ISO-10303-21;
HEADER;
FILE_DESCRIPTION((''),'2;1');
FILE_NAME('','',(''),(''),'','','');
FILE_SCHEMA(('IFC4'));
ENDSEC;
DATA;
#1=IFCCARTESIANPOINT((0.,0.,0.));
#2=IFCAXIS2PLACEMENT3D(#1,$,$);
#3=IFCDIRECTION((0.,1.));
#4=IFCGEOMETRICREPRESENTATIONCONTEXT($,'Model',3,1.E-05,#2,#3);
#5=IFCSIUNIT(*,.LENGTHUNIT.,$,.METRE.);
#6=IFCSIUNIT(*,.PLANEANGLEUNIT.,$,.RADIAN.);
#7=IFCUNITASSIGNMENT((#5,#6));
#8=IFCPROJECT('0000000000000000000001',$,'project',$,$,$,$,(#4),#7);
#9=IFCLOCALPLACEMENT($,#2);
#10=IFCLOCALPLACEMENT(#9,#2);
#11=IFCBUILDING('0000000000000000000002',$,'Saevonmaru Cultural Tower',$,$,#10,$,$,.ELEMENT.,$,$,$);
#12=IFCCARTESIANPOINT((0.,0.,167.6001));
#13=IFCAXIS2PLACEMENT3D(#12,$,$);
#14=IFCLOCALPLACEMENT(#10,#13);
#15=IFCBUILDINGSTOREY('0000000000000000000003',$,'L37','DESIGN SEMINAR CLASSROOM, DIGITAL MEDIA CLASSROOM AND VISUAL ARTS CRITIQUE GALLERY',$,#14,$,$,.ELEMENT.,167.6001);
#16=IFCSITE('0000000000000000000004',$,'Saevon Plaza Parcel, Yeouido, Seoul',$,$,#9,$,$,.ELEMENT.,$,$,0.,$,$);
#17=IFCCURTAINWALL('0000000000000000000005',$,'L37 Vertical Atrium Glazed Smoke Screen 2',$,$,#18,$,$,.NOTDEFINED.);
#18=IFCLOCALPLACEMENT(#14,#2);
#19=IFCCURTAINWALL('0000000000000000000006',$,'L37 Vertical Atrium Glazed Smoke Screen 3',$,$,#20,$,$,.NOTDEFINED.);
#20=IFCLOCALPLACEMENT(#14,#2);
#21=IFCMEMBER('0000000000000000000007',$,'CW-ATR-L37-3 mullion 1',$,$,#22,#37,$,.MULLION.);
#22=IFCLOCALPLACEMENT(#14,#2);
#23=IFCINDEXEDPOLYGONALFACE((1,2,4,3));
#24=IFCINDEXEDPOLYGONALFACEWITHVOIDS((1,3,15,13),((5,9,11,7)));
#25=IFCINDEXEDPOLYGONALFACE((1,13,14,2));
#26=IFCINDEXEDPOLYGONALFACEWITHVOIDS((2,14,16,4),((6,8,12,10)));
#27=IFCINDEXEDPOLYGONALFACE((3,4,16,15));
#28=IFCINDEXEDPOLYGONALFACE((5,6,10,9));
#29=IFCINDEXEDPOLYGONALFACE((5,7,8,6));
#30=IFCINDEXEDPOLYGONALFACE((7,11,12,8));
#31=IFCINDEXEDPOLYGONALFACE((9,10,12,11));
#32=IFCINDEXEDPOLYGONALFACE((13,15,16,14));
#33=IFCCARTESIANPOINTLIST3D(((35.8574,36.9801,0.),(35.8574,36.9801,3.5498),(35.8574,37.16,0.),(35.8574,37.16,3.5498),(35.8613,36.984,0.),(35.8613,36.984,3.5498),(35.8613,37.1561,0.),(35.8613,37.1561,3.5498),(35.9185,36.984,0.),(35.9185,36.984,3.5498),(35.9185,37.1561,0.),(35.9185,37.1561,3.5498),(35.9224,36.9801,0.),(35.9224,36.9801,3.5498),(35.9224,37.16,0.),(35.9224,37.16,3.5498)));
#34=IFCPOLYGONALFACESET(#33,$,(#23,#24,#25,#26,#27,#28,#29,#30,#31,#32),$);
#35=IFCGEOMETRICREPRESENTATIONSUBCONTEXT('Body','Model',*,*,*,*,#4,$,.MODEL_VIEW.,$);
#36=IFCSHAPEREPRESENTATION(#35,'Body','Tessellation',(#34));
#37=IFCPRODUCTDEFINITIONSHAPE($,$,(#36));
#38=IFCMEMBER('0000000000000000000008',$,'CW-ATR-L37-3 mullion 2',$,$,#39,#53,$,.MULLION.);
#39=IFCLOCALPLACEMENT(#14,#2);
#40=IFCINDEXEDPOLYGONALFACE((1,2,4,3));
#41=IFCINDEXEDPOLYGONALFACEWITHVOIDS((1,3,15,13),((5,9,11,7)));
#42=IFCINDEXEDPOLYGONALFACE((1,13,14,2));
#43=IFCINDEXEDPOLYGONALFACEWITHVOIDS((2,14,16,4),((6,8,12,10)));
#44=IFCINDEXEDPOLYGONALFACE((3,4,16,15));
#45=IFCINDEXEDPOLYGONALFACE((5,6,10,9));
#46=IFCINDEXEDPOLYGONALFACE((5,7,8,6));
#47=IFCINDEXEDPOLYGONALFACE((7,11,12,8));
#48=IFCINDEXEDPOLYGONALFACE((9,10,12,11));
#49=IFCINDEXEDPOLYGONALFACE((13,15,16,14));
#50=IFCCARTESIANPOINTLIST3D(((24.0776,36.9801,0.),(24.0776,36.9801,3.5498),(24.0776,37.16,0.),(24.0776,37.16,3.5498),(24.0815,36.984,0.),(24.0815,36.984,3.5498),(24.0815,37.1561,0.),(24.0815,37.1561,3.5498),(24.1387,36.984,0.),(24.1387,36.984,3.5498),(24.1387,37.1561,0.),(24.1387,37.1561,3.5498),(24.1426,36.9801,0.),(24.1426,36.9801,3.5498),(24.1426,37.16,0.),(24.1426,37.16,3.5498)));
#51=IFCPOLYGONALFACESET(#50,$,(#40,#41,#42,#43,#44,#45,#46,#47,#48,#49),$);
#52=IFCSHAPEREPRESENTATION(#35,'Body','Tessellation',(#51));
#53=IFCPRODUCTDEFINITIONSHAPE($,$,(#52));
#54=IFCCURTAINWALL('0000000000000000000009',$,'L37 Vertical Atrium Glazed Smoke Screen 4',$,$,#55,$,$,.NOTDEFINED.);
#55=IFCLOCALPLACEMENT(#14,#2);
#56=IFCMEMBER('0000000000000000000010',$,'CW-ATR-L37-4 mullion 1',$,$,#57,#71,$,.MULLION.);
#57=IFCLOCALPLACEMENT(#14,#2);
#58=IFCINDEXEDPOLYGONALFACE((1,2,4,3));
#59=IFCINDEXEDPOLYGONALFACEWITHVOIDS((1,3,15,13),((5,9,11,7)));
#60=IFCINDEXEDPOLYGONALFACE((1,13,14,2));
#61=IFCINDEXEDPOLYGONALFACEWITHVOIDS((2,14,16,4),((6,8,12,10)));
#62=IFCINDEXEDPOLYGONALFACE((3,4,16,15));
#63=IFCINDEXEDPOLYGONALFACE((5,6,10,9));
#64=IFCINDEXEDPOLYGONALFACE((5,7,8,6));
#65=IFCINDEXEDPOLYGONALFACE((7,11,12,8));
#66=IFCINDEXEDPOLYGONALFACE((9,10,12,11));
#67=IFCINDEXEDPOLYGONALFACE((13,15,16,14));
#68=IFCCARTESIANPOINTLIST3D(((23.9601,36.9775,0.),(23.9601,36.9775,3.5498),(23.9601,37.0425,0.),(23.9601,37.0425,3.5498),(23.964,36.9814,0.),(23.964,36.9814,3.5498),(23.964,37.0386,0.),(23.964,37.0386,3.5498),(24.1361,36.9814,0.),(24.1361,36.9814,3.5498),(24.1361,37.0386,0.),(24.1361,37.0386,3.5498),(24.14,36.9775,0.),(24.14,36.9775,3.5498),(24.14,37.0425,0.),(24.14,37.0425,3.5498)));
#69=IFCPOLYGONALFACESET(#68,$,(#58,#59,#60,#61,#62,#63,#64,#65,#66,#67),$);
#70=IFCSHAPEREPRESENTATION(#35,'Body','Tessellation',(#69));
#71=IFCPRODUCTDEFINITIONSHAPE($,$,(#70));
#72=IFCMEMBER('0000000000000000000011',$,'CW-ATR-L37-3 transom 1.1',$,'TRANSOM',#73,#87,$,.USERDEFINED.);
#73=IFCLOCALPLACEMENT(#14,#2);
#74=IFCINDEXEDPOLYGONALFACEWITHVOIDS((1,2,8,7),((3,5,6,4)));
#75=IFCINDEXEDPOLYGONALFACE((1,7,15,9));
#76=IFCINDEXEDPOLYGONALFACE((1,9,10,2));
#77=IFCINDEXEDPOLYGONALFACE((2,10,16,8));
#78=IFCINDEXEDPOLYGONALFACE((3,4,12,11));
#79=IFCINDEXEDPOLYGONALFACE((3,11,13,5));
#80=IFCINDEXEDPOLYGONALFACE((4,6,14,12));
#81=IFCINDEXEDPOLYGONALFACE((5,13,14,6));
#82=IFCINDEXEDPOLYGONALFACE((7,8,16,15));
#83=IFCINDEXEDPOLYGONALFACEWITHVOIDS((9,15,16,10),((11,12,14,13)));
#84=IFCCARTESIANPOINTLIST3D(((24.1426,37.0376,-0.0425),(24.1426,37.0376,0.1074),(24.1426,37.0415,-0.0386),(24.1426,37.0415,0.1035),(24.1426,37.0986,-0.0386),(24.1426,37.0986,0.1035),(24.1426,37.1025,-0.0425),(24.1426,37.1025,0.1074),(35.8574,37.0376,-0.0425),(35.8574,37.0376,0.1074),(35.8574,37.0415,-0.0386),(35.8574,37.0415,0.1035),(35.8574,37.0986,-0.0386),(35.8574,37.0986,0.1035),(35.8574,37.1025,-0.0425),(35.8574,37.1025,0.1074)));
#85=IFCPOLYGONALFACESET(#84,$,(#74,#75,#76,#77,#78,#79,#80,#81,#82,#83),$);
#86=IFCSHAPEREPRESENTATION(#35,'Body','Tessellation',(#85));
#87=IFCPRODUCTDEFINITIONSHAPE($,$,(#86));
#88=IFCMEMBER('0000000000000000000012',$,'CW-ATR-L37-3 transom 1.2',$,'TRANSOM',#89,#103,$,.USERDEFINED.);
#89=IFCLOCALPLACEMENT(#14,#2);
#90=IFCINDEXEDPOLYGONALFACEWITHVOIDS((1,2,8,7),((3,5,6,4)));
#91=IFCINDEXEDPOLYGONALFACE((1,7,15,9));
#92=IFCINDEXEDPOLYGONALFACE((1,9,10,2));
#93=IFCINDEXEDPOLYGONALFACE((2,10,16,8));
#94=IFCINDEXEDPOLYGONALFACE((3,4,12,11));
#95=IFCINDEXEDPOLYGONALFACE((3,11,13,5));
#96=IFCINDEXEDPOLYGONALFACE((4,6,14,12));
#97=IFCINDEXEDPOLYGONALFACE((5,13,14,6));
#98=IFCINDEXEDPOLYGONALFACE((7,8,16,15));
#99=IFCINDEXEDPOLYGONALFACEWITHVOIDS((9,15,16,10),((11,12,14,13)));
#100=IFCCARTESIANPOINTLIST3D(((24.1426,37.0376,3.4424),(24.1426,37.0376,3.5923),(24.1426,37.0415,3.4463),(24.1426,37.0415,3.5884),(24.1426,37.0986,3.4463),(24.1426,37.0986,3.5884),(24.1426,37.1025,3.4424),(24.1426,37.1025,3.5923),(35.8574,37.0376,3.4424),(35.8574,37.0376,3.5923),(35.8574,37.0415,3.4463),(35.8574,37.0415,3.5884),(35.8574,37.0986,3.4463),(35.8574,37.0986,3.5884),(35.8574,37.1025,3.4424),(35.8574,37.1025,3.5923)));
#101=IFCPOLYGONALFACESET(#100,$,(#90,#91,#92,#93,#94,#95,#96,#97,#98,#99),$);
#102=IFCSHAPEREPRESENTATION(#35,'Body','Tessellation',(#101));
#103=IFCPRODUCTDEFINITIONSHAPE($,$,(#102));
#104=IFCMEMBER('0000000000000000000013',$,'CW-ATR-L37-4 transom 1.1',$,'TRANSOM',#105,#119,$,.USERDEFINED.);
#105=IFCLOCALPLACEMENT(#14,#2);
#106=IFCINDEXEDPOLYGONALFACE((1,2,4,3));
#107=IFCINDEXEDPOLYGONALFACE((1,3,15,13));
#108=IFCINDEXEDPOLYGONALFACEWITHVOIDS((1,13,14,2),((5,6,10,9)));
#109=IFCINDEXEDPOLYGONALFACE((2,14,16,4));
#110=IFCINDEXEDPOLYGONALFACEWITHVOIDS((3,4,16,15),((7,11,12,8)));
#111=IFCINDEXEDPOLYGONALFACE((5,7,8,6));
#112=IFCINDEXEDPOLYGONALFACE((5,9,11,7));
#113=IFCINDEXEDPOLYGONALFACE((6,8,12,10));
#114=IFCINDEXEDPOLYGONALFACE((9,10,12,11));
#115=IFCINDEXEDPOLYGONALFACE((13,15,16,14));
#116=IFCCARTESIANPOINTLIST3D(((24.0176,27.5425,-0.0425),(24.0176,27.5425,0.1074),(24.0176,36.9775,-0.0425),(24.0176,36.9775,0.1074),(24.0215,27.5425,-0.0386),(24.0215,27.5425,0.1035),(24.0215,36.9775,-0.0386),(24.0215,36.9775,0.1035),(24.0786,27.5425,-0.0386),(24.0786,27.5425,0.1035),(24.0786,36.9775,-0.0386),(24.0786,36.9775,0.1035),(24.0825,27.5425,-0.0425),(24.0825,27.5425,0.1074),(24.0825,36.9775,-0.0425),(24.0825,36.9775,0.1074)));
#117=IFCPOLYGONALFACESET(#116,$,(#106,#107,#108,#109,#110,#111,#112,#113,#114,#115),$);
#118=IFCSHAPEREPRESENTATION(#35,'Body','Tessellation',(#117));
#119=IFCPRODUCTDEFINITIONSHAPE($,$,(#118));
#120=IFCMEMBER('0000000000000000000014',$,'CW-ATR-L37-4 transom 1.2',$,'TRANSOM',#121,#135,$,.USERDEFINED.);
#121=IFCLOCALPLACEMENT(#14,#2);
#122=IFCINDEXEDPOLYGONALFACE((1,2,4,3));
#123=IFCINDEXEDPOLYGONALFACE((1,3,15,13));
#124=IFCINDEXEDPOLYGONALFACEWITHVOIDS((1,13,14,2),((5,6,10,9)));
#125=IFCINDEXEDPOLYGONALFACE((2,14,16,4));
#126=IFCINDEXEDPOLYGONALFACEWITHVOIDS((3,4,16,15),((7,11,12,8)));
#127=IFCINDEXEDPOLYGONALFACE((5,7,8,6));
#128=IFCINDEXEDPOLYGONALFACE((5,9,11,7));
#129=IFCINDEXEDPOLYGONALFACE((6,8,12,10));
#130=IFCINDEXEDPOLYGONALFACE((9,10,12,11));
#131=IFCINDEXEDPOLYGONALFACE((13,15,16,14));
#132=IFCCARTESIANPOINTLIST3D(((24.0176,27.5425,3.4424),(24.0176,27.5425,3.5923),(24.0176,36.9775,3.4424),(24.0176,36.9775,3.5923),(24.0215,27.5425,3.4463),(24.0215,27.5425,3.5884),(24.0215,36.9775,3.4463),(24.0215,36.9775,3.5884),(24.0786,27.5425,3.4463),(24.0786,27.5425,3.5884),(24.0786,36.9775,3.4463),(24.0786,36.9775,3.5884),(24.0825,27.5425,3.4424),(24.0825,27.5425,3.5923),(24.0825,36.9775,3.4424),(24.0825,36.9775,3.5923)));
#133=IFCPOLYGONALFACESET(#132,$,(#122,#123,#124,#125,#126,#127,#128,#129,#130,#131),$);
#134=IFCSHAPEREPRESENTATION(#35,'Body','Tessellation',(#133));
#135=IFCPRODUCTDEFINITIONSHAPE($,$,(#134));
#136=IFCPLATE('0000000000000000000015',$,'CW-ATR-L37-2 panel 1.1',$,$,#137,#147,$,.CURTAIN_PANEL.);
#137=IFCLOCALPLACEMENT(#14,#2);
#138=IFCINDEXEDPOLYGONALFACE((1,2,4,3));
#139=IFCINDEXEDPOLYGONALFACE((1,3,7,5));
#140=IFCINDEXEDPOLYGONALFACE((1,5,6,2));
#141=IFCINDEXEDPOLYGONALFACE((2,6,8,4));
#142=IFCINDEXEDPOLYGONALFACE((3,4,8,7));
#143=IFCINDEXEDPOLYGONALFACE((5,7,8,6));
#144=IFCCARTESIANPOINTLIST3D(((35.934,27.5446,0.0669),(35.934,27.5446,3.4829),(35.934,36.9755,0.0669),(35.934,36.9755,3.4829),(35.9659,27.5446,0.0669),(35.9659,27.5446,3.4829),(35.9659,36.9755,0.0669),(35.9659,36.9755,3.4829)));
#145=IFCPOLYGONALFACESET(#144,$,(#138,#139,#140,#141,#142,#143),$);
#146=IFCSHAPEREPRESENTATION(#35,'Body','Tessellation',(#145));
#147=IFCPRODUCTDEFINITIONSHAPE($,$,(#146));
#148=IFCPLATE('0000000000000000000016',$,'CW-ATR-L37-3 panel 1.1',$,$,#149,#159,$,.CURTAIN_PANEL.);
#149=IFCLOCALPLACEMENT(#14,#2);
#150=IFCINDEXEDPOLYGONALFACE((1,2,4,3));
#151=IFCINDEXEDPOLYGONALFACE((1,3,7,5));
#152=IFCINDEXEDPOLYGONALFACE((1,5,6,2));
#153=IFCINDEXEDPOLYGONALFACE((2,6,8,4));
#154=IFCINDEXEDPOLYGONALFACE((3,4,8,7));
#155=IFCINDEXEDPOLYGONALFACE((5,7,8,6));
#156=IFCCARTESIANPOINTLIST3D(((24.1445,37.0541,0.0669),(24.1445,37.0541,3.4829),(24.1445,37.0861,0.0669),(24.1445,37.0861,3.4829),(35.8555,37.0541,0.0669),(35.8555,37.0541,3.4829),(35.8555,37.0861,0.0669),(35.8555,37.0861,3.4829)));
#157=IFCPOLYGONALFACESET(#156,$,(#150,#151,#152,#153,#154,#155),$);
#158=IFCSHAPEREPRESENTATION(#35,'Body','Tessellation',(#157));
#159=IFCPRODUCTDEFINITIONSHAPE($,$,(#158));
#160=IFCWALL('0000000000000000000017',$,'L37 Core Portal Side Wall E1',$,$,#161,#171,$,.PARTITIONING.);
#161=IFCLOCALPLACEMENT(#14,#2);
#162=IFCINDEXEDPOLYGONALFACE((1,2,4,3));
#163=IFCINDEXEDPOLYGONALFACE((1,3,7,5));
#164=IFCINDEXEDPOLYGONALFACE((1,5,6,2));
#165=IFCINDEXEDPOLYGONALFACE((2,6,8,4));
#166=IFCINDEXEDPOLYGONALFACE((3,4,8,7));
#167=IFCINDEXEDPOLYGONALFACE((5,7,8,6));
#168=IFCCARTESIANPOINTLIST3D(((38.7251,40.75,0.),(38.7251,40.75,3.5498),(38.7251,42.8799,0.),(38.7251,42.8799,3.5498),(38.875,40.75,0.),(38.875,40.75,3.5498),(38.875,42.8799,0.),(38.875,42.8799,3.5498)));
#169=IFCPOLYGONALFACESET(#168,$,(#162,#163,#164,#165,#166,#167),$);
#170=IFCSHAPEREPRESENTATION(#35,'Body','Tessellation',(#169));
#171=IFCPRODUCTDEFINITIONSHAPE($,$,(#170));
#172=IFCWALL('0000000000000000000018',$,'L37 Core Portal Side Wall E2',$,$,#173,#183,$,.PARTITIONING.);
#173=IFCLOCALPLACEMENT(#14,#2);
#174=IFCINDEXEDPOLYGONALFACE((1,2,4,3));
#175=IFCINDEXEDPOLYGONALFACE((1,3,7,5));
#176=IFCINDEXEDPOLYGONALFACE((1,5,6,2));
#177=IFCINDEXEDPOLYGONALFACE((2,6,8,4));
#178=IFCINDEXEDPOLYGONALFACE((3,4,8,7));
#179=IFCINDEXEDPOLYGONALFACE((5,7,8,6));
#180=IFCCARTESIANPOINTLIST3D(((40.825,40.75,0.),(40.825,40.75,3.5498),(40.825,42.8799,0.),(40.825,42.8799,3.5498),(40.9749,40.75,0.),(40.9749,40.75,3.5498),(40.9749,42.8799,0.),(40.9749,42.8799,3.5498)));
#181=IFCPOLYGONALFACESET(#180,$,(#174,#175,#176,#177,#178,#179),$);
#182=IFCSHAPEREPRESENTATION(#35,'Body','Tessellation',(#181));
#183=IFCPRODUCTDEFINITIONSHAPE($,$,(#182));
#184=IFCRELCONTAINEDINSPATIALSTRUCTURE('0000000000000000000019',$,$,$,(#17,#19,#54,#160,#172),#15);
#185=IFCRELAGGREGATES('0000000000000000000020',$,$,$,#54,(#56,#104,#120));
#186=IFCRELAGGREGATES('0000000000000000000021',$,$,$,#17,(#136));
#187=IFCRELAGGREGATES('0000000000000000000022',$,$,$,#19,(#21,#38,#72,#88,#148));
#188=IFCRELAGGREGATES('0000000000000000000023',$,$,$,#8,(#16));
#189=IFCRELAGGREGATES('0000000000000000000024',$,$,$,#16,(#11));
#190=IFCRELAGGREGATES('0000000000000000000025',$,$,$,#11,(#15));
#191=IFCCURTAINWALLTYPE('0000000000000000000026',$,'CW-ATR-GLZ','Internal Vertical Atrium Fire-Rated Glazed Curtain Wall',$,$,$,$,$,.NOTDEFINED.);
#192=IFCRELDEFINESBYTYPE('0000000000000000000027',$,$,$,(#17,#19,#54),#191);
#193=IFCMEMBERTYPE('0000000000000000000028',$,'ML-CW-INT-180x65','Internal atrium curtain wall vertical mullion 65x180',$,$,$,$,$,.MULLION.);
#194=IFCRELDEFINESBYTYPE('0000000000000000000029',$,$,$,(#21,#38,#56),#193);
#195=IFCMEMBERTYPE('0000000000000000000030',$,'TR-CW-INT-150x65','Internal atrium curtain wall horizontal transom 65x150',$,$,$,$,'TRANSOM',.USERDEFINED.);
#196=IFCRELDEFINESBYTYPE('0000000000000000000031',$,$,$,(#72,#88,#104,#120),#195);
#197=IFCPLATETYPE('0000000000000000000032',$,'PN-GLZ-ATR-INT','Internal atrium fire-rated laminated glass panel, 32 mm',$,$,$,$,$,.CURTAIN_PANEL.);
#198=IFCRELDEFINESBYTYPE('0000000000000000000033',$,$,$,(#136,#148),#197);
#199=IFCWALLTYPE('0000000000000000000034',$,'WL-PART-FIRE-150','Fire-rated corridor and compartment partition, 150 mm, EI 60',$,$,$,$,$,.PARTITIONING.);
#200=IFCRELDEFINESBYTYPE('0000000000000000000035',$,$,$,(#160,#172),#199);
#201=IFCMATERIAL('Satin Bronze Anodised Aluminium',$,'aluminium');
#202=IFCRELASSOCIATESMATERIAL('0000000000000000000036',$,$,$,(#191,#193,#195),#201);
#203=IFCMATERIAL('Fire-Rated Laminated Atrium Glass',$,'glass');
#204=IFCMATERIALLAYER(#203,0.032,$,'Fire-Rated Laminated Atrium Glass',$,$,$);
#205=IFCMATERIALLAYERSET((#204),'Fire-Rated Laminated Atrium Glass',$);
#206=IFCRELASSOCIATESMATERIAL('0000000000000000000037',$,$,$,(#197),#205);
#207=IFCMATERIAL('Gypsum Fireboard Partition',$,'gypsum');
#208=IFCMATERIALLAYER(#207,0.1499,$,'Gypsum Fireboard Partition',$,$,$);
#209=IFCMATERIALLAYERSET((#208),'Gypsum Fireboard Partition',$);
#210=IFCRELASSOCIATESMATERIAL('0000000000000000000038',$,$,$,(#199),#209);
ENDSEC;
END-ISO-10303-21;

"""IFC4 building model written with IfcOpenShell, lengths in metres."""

from ifc_helpers import new_model, si_unit, direction, frame, frame_2d, origin, origin_2d, place, context, subcontext, project, spatial, rectangle, hollow_rectangle, extrude, material, layer, layer_set, material_profile, profile_set, type_object, element, aggregate, save


model = new_model("IFC4")

# Units and contexts
model_context = context("Model", 3, precision=1e-05, world=origin(), true_north=direction((0.0, 1.0)))
body_context = subcontext(model_context, "Body", "Model", "MODEL_VIEW")
ifc_project = project(units=[si_unit("LENGTHUNIT", "METRE"), si_unit("PLANEANGLEUNIT", "RADIAN")], contexts=[model_context])

# Site, building, storey
site_placement = place(None, origin())
site = spatial("IfcSite", under=ifc_project, at=site_placement, Name="Saevon Plaza Parcel, Yeouido, Seoul", CompositionType="ELEMENT", RefElevation=0.0)
building_placement = place(site_placement, origin())
building = spatial("IfcBuilding", under=site, at=building_placement, Name="Saevonmaru Cultural Tower", CompositionType="ELEMENT")
storey_placement = place(building_placement, frame((0.0, 0.0, 167.6001)))
storey = spatial("IfcBuildingStorey", under=building, at=storey_placement, Name="L37", Description="DESIGN SEMINAR CLASSROOM, DIGITAL MEDIA CLASSROOM AND VISUAL ARTS CRITIQUE GALLERY", CompositionType="ELEMENT", Elevation=167.6001)

# Curtain wall
ifc_material_1 = material(Name="Satin Bronze Anodised Aluminium", Category="aluminium")
curtain_wall_type = type_object("IfcCurtainWallType", Name="CW-ATR-GLZ", Description="Internal Vertical Atrium Fire-Rated Glazed Curtain Wall", PredefinedType="NOTDEFINED", material=ifc_material_1)
curtain_wall_1_placement = place(storey_placement, origin())
curtain_wall_1 = element("IfcCurtainWall", 1, at=curtain_wall_1_placement, inside=storey, type_object=curtain_wall_type, Name="L37 Vertical Atrium Glazed Smoke Screen 2", PredefinedType="NOTDEFINED")
ifc_material_profile_1 = material_profile(ifc_material_1, hollow_rectangle(XDim=0.0649, YDim=0.1799, WallThickness=0.0039, at=origin_2d()), Name="ALU-MULL-180x65x4")
ifc_profile_set_1 = profile_set([ifc_material_profile_1], Name="Satin Bronze Anodised Aluminium")
member_type_1 = type_object("IfcMemberType", Name="ML-CW-INT-180x65", Description="Internal atrium curtain wall vertical mullion 65x180", PredefinedType="MULLION", material=ifc_profile_set_1)

# Curtain wall, members
curtain_wall_2_placement = place(storey_placement, origin())
curtain_wall_2 = element("IfcCurtainWall", 2, at=curtain_wall_2_placement, inside=storey, type_object=curtain_wall_type, Name="L37 Vertical Atrium Glazed Smoke Screen 3", PredefinedType="NOTDEFINED")
member_1_placement = place(storey_placement, frame((35.8899, 37.0701, 0.0), z_axis=(0.0, 0.0, 1.0), x_axis=(-1.0, 0.0, 0.0)))
member_1 = element("IfcMember", 3, at=member_1_placement, type_object=member_type_1, Name="CW-ATR-L37-3 mullion 1", PredefinedType="MULLION", context=body_context, shape_type="SweptSolid", body=[
    extrude(hollow_rectangle(XDim=0.0649, YDim=0.1799, WallThickness=0.0039, at=origin_2d()), origin(), (0.0, 0.0, 1.0), 3.5498),
])
member_2_placement = place(storey_placement, frame((24.1101, 37.0701, 0.0), z_axis=(0.0, 0.0, 1.0), x_axis=(-1.0, 0.0, 0.0)))
member_2 = element("IfcMember", 4, at=member_2_placement, type_object=member_type_1, Name="CW-ATR-L37-3 mullion 2", PredefinedType="MULLION", context=body_context, shape_type="SweptSolid", body=[
    extrude(hollow_rectangle(XDim=0.0649, YDim=0.1799, WallThickness=0.0039, at=origin_2d()), origin(), (0.0, 0.0, 1.0), 3.5498),
])

# Curtain wall, member
curtain_wall_3_placement = place(storey_placement, origin())
curtain_wall_3 = element("IfcCurtainWall", 5, at=curtain_wall_3_placement, inside=storey, type_object=curtain_wall_type, Name="L37 Vertical Atrium Glazed Smoke Screen 4", PredefinedType="NOTDEFINED")
member_3_placement = place(storey_placement, frame((24.05, 37.01, 0.0), z_axis=(0.0, 0.0, 1.0), x_axis=(0.0, -1.0, 0.0)))
member_3 = element("IfcMember", 6, at=member_3_placement, type_object=member_type_1, Name="CW-ATR-L37-4 mullion 1", PredefinedType="MULLION", context=body_context, shape_type="SweptSolid", body=[
    extrude(hollow_rectangle(XDim=0.0649, YDim=0.1799, WallThickness=0.0039, at=origin_2d()), origin(), (0.0, 0.0, 1.0), 3.5498),
])

# Members
ifc_material_profile_2 = material_profile(ifc_material_1, hollow_rectangle(XDim=0.0649, YDim=0.1499, WallThickness=0.0039, at=origin_2d()), Name="ALU-TRAN-150x65x4")
ifc_profile_set_2 = profile_set([ifc_material_profile_2], Name="Satin Bronze Anodised Aluminium")
member_type_2 = type_object("IfcMemberType", Name="TR-CW-INT-150x65", Description="Internal atrium curtain wall horizontal transom 65x150", ElementType="TRANSOM", PredefinedType="USERDEFINED", material=ifc_profile_set_2)
member_4_placement = place(storey_placement, frame((35.8574, 37.0701, 0.0325), z_axis=(-1.0, 0.0, 0.0), x_axis=(0.0, -1.0, 0.0)))
member_4 = element("IfcMember", 7, at=member_4_placement, type_object=member_type_2, Name="CW-ATR-L37-3 transom 1.1", ObjectType="TRANSOM", PredefinedType="USERDEFINED", context=body_context, shape_type="SweptSolid", body=[
    extrude(hollow_rectangle(XDim=0.0649, YDim=0.1499, WallThickness=0.0039, at=origin_2d()), origin(), (0.0, 0.0, 1.0), 11.7148),
])
member_5_placement = place(storey_placement, frame((35.8574, 37.0701, 3.5173), z_axis=(-1.0, 0.0, 0.0), x_axis=(0.0, -1.0, 0.0)))
member_5 = element("IfcMember", 8, at=member_5_placement, type_object=member_type_2, Name="CW-ATR-L37-3 transom 1.2", ObjectType="TRANSOM", PredefinedType="USERDEFINED", context=body_context, shape_type="SweptSolid", body=[
    extrude(hollow_rectangle(XDim=0.0649, YDim=0.1499, WallThickness=0.0039, at=origin_2d()), origin(), (0.0, 0.0, 1.0), 11.7148),
])
member_6_placement = place(storey_placement, frame((24.05, 36.9775, 0.0325), z_axis=(0.0, -1.0, 0.0), x_axis=(1.0, 0.0, 0.0)))
member_6 = element("IfcMember", 9, at=member_6_placement, type_object=member_type_2, Name="CW-ATR-L37-4 transom 1.1", ObjectType="TRANSOM", PredefinedType="USERDEFINED", context=body_context, shape_type="SweptSolid", body=[
    extrude(hollow_rectangle(XDim=0.0649, YDim=0.1499, WallThickness=0.0039, at=origin_2d()), origin(), (0.0, 0.0, 1.0), 9.4351),
])
member_7_placement = place(storey_placement, frame((24.05, 36.9775, 3.5173), z_axis=(0.0, -1.0, 0.0), x_axis=(1.0, 0.0, 0.0)))
member_7 = element("IfcMember", 10, at=member_7_placement, type_object=member_type_2, Name="CW-ATR-L37-4 transom 1.2", ObjectType="TRANSOM", PredefinedType="USERDEFINED", context=body_context, shape_type="SweptSolid", body=[
    extrude(hollow_rectangle(XDim=0.0649, YDim=0.1499, WallThickness=0.0039, at=origin_2d()), origin(), (0.0, 0.0, 1.0), 9.4351),
])
aggregate(curtain_wall_3, [member_3, member_6, member_7])

# Plates
ifc_material_2 = material(Name="Fire-Rated Laminated Atrium Glass", Category="glass")
ifc_layer_1 = layer(ifc_material_2, 0.032, Name="Fire-Rated Laminated Atrium Glass")
ifc_layer_set_1 = layer_set([ifc_layer_1], Name="Fire-Rated Laminated Atrium Glass")
plate_type = type_object("IfcPlateType", Name="PN-GLZ-ATR-INT", Description="Internal atrium fire-rated laminated glass panel, 32 mm", PredefinedType="CURTAIN_PANEL", material=ifc_layer_set_1)
plate_1_placement = place(storey_placement, frame((35.95, 32.26, 0.0669), z_axis=(0.0, 0.0, 1.0), x_axis=(0.0, 1.0, 0.0)))
plate_1 = element("IfcPlate", 11, at=plate_1_placement, type_object=plate_type, Name="CW-ATR-L37-2 panel 1.1", PredefinedType="CURTAIN_PANEL", context=body_context, shape_type="SweptSolid", body=[
    extrude(rectangle(XDim=9.4309, YDim=0.032, at=origin_2d()), origin(), (0.0, 0.0, 1.0), 3.416),
])
aggregate(curtain_wall_1, [plate_1])
plate_2_placement = place(storey_placement, frame((30.0, 37.0701, 0.0669), z_axis=(0.0, 0.0, 1.0), x_axis=(-1.0, 0.0, 0.0)))
plate_2 = element("IfcPlate", 12, at=plate_2_placement, type_object=plate_type, Name="CW-ATR-L37-3 panel 1.1", PredefinedType="CURTAIN_PANEL", context=body_context, shape_type="SweptSolid", body=[
    extrude(rectangle(XDim=11.7109, YDim=0.032, at=origin_2d()), origin(), (0.0, 0.0, 1.0), 3.416),
])
aggregate(curtain_wall_2, [member_1, member_2, member_4, member_5, plate_2])

# Walls
ifc_material_3 = material(Name="Gypsum Fireboard Partition", Category="gypsum")
ifc_layer_2 = layer(ifc_material_3, 0.1499, Name="Gypsum Fireboard Partition")
ifc_layer_set_2 = layer_set([ifc_layer_2], Name="Gypsum Fireboard Partition")
wall_type = type_object("IfcWallType", Name="WL-PART-FIRE-150", Description="Fire-rated corridor and compartment partition, 150 mm, EI 60", PredefinedType="PARTITIONING", material=ifc_layer_set_2)
for number, where, z_axis, x_axis, name in (
    (13, (38.8, 40.75, 0.0), (0.0, 0.0, 1.0), (0.0, 1.0, 0.0), "L37 Core Portal Side Wall E1"),
    (14, (40.8999, 40.75, 0.0), (0.0, 0.0, 1.0), (0.0, 1.0, 0.0), "L37 Core Portal Side Wall E2"),
):
    element("IfcWall", number, at=place(storey_placement, frame(where, z_axis=z_axis, x_axis=x_axis)), inside=storey, type_object=wall_type, Name=name, PredefinedType="PARTITIONING", context=body_context, shape_type="SweptSolid", body=[
        extrude(rectangle(XDim=2.1299, YDim=0.1499, at=frame_2d((1.0649, 0.0))), origin(), (0.0, 0.0, 1.0), 3.5498),
    ])

save(model, "model.ifc")
